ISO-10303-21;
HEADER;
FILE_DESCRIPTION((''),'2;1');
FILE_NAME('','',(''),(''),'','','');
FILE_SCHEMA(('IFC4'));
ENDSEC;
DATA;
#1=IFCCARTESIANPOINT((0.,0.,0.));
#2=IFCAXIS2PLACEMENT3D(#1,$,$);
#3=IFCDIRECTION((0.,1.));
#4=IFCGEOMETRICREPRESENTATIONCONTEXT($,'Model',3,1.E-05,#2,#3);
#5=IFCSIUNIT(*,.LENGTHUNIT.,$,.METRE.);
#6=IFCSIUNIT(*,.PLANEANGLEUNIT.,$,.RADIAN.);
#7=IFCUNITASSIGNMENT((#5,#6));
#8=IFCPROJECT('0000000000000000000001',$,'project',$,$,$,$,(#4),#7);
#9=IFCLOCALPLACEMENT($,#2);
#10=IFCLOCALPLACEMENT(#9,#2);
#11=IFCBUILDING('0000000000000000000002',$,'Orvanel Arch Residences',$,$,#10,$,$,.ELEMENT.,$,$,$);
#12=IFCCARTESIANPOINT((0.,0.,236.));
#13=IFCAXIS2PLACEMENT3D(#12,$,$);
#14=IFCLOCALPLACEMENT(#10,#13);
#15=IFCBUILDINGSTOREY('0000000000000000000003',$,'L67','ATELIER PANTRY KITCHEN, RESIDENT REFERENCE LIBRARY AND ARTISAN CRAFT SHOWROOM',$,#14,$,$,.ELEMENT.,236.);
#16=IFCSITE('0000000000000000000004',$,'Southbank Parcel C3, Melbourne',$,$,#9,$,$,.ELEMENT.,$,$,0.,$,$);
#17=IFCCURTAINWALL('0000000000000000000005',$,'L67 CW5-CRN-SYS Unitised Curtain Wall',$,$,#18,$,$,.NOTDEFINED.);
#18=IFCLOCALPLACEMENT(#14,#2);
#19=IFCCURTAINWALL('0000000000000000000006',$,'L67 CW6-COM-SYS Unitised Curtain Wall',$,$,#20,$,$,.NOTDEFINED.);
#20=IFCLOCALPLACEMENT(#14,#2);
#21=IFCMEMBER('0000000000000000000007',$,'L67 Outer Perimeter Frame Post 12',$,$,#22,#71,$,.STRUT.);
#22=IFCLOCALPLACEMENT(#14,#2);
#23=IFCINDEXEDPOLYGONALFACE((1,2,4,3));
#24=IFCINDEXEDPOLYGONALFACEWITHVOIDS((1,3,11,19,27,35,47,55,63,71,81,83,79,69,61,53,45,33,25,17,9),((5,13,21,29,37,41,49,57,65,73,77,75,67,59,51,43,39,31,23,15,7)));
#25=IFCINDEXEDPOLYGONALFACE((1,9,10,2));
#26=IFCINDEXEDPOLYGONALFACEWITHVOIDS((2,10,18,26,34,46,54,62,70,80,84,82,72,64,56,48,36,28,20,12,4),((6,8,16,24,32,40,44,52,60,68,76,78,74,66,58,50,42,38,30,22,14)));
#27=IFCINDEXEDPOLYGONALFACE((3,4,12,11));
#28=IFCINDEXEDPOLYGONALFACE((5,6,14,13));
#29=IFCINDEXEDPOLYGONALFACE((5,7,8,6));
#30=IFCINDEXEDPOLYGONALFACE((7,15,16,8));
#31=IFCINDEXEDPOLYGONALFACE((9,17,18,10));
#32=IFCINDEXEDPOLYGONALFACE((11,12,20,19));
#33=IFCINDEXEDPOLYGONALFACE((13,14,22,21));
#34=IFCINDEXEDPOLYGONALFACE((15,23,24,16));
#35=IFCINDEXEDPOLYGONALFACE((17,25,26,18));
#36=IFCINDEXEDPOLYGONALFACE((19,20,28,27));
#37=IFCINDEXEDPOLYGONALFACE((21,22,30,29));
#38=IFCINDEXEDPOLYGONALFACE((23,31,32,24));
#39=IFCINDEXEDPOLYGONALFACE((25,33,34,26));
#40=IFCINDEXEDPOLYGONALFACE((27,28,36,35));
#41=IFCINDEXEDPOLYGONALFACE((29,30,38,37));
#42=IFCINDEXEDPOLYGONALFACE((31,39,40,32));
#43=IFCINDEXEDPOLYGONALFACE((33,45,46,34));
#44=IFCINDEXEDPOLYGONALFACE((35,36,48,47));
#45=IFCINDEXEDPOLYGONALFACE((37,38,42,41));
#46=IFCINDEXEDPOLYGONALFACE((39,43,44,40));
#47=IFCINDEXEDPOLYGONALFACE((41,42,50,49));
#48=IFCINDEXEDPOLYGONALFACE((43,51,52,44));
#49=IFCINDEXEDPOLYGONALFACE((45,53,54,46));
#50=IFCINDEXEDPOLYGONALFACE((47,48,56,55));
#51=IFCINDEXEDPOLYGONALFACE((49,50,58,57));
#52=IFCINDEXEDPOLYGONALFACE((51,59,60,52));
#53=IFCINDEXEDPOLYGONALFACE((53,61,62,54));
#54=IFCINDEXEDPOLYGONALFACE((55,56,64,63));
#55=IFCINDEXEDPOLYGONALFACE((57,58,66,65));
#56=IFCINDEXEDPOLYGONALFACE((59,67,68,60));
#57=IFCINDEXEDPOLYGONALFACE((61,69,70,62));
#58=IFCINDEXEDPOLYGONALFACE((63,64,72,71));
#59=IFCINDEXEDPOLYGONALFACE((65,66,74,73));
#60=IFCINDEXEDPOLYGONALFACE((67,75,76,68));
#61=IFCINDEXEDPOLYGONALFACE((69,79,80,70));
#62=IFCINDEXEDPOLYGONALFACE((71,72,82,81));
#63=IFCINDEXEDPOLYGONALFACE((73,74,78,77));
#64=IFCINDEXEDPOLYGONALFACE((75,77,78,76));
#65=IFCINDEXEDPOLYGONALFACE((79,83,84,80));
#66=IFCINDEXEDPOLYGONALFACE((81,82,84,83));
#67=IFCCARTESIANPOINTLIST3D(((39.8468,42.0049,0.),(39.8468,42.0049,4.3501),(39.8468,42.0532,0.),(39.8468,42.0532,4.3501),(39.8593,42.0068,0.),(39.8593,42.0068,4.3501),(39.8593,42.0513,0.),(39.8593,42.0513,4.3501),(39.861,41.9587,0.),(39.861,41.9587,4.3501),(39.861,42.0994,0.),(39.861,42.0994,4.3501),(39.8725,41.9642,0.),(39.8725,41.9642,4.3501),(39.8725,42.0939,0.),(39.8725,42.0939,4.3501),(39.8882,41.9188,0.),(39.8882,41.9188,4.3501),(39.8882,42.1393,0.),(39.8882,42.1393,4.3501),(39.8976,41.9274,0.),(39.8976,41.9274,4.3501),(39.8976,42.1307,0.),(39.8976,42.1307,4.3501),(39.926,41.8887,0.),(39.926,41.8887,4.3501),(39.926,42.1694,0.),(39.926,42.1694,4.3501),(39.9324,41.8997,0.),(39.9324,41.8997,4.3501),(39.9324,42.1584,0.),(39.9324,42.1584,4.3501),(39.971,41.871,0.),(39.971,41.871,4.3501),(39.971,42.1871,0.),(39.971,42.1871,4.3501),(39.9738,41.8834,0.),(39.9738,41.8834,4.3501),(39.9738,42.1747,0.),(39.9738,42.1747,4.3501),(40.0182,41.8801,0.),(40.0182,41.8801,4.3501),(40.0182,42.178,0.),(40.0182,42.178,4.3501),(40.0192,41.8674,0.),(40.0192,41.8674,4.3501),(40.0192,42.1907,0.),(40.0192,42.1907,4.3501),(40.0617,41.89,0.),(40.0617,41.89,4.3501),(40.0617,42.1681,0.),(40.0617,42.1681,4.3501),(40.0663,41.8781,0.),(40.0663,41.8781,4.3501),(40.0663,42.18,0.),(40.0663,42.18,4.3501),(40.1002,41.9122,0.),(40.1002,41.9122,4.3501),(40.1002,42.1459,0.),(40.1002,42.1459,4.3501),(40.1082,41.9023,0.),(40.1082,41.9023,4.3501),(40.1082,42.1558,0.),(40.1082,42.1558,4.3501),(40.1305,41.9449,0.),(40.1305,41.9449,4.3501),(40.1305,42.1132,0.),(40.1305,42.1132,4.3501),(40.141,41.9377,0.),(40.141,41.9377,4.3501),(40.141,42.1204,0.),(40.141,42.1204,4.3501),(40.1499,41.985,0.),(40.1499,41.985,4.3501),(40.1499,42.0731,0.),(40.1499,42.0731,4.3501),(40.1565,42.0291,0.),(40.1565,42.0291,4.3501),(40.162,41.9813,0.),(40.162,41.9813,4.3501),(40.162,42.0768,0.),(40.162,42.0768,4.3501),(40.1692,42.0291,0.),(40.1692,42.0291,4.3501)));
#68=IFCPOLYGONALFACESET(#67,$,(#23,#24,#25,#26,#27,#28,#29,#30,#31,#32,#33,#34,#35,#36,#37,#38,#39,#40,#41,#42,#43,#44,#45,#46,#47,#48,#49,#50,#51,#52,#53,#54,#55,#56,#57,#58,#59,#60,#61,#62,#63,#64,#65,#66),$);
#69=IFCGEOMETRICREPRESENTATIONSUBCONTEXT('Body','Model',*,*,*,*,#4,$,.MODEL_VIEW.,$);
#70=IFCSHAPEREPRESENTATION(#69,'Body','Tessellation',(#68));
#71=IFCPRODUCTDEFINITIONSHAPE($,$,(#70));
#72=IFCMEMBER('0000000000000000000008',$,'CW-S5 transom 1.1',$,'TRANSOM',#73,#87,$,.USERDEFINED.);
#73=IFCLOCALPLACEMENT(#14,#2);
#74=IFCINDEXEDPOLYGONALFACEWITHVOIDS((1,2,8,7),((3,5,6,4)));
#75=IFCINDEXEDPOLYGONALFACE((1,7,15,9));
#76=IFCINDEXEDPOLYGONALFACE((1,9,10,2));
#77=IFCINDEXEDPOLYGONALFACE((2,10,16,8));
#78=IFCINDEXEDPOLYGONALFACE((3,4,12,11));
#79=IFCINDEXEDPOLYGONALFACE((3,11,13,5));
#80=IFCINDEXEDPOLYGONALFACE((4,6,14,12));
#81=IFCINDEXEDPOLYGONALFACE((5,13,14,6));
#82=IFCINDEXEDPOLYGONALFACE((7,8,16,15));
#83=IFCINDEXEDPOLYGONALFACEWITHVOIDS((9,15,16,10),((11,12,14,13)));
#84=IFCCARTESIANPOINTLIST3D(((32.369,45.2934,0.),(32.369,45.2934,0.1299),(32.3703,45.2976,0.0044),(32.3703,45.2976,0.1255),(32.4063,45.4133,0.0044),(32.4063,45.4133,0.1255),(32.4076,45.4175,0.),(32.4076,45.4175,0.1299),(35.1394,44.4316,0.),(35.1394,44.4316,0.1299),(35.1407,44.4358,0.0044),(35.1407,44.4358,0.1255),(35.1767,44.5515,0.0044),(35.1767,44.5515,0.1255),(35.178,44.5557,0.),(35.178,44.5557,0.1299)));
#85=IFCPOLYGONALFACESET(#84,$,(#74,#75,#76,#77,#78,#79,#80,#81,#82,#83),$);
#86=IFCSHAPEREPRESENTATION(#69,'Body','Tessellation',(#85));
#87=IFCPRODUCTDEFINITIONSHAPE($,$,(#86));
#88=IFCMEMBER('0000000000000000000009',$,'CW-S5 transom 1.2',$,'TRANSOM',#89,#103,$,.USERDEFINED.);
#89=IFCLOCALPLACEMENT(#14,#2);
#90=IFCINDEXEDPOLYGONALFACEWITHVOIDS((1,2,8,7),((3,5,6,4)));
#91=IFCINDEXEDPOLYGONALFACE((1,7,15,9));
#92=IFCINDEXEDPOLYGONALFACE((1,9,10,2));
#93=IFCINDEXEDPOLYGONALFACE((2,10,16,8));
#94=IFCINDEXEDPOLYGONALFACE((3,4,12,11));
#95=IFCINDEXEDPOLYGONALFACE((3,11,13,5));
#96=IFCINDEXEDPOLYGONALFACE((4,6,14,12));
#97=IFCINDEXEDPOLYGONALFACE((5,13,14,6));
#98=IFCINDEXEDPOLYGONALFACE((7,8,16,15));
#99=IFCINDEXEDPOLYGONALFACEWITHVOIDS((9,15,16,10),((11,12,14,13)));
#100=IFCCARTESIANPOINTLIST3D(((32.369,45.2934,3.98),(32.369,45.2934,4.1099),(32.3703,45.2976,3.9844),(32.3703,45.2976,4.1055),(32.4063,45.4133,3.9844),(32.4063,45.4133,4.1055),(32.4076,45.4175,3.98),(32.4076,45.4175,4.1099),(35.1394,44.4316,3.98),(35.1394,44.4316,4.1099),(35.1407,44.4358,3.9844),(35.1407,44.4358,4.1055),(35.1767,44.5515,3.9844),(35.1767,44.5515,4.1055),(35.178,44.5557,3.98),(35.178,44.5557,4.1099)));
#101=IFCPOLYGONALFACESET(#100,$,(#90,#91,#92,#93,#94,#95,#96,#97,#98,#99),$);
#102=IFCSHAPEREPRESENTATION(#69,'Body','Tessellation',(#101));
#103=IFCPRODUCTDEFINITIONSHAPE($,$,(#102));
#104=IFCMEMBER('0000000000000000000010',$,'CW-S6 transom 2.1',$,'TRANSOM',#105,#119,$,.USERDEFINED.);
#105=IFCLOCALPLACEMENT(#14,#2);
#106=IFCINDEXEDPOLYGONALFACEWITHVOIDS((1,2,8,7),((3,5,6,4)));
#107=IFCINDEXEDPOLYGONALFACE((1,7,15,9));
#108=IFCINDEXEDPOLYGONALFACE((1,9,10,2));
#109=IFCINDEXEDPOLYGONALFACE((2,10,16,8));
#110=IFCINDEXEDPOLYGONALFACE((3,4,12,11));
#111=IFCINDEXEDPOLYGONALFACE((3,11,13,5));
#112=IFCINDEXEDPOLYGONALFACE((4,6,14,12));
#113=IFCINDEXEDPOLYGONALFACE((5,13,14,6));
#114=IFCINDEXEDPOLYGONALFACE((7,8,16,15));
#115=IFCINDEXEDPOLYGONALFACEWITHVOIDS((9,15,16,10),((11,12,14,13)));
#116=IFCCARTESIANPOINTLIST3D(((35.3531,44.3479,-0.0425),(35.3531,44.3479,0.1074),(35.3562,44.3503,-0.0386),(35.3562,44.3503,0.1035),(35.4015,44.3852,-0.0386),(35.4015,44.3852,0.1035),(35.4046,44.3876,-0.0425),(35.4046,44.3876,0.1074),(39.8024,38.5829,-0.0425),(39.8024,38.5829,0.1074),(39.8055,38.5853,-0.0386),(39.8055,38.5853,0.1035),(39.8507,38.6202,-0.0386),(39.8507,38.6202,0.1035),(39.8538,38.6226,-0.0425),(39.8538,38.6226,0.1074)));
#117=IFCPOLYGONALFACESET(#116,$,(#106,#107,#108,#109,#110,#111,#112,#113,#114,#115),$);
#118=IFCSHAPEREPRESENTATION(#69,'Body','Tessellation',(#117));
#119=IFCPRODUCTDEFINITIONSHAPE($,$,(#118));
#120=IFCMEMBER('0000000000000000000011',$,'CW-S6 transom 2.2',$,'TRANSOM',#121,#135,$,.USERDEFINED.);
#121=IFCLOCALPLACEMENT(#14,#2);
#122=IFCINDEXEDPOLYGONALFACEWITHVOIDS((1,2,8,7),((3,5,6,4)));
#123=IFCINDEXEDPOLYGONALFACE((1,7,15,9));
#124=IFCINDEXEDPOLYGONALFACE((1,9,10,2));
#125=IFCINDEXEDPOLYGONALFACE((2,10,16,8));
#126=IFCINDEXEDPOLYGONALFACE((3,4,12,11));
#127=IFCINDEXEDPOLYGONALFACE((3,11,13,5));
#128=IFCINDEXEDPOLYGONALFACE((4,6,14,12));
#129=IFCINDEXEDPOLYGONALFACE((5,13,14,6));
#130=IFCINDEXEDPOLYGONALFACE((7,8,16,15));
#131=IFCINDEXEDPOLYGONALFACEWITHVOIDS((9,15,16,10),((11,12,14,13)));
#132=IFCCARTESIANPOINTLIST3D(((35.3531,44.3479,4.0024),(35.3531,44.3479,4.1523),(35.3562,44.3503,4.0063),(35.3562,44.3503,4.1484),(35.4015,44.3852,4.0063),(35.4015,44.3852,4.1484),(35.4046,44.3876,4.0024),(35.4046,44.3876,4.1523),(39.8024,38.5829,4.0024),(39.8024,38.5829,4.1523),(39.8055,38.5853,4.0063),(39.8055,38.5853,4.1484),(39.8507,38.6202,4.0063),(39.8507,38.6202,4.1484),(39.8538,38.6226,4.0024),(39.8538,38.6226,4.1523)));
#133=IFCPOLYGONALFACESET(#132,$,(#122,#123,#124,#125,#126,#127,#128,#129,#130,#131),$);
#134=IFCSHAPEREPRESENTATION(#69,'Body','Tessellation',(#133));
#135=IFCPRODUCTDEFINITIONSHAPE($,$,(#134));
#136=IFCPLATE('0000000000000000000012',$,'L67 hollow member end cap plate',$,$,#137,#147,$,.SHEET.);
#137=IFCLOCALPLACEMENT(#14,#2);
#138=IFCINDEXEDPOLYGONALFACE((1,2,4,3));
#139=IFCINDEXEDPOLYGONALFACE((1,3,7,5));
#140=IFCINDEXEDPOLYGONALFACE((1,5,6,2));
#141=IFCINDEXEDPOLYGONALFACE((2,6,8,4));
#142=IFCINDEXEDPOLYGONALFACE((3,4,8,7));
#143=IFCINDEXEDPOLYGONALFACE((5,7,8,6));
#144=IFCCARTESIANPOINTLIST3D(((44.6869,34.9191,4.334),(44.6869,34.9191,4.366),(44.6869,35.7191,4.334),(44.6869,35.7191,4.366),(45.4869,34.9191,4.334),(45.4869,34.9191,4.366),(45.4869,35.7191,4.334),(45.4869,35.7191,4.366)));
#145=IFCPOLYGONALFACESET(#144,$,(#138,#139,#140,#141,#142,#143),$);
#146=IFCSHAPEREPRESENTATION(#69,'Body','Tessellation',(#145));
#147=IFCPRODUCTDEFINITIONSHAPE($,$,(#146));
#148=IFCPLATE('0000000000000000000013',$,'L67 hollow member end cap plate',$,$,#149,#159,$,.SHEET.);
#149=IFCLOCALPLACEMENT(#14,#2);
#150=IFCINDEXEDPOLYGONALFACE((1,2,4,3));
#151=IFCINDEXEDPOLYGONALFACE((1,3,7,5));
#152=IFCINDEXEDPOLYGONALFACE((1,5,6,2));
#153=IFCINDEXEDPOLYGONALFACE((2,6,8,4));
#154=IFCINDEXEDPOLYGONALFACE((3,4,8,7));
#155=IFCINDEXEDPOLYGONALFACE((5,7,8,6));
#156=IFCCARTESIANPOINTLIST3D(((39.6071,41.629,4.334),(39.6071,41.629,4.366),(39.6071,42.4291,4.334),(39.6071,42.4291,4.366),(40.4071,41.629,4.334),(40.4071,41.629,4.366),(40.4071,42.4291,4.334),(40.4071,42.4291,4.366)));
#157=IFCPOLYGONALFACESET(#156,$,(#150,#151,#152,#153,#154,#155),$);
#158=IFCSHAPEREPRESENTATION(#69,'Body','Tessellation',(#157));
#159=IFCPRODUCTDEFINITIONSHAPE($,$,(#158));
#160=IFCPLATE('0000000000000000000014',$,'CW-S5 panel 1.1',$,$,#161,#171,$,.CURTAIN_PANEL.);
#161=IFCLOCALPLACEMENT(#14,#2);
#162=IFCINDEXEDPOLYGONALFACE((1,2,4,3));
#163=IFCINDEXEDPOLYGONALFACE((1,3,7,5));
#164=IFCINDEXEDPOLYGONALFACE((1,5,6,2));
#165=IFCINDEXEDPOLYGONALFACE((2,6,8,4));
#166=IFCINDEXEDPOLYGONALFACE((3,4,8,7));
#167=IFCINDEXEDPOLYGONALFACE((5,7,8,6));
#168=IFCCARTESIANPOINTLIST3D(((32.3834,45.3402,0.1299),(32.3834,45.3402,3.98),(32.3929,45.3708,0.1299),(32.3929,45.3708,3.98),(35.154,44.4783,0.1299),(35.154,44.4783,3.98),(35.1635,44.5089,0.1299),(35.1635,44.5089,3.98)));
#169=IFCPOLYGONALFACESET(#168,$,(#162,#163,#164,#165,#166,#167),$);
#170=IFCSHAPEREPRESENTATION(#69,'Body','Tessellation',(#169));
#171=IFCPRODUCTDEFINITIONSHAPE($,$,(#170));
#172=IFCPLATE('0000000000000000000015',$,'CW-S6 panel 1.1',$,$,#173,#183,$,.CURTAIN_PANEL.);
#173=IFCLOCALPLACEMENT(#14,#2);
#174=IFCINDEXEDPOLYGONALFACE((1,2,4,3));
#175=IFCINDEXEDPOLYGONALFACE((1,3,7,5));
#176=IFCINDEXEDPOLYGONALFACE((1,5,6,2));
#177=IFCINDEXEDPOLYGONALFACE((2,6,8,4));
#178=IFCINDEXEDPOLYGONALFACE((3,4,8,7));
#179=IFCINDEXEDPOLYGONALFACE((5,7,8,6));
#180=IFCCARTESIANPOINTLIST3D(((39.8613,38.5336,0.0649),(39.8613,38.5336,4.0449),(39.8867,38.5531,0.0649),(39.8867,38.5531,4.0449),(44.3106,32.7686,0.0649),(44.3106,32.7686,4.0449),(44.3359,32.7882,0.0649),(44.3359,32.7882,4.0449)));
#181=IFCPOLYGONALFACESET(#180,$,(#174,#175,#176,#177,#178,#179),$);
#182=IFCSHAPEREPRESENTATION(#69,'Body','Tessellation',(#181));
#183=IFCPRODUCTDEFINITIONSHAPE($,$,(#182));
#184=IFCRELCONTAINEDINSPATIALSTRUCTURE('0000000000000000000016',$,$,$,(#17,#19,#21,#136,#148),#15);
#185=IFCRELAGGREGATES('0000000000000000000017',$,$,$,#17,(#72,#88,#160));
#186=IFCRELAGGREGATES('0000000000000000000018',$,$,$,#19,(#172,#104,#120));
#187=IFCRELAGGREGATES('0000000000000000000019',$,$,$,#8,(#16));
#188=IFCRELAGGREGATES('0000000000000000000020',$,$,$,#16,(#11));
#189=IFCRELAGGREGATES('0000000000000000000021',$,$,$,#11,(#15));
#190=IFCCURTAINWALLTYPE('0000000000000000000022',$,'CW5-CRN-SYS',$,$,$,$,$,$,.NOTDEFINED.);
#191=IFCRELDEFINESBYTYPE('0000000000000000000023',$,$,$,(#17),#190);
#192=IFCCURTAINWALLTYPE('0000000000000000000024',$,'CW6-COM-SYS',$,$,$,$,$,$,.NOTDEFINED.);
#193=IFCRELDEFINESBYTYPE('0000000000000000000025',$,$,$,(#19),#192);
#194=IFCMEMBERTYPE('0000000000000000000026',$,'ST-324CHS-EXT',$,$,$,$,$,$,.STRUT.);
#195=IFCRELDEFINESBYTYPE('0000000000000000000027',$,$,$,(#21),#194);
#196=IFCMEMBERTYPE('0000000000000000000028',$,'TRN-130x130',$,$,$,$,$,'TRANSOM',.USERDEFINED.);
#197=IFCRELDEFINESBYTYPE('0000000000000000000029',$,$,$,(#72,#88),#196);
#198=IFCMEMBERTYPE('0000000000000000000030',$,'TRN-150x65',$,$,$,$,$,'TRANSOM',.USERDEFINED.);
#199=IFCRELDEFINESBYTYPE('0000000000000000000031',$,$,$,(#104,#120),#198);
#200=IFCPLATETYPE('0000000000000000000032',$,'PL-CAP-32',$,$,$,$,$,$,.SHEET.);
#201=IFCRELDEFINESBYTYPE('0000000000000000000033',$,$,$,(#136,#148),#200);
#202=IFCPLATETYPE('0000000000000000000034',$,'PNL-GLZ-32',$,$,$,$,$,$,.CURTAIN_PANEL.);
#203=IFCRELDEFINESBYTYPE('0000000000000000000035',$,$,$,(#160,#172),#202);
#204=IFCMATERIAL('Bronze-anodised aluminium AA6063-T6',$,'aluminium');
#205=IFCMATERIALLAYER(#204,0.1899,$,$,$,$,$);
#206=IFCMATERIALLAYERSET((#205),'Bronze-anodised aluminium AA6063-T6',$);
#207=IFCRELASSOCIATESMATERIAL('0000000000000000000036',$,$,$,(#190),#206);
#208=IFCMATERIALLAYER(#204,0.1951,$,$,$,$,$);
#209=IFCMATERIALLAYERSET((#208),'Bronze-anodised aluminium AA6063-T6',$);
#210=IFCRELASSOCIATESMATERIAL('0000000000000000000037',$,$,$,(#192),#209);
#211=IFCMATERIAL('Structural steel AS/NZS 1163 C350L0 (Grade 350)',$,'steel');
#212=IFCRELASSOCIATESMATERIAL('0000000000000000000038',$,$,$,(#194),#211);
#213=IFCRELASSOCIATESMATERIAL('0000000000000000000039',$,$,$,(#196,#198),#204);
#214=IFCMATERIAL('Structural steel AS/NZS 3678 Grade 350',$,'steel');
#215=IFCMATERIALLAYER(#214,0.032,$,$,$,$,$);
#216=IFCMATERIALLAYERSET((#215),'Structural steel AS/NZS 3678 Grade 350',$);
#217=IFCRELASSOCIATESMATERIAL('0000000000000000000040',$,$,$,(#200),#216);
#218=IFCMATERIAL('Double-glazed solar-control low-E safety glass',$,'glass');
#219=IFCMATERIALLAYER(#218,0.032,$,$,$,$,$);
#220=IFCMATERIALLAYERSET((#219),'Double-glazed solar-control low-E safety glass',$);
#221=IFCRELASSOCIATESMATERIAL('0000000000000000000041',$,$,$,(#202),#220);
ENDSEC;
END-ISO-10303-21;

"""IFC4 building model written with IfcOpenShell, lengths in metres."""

from ifc_helpers import new_model, si_unit, direction, frame, origin, origin_2d, place, context, subcontext, project, spatial, rectangle, hollow_rectangle, hollow_circle, extrude, material, layer, layer_set, material_profile, profile_set, type_object, element, aggregate, save


model = new_model("IFC4")

# Units and contexts
model_context = context("Model", 3, precision=1e-05, world=origin(), true_north=direction((0.0, 1.0)))
body_context = subcontext(model_context, "Body", "Model", "MODEL_VIEW")
ifc_project = project(units=[si_unit("LENGTHUNIT", "METRE"), si_unit("PLANEANGLEUNIT", "RADIAN")], contexts=[model_context])

# Site, building, storey
site_placement = place(None, origin())
site = spatial("IfcSite", under=ifc_project, at=site_placement, Name="Southbank Parcel C3, Melbourne", CompositionType="ELEMENT", RefElevation=0.0)
building_placement = place(site_placement, origin())
building = spatial("IfcBuilding", under=site, at=building_placement, Name="Orvanel Arch Residences", CompositionType="ELEMENT")
storey_placement = place(building_placement, frame((0.0, 0.0, 236.0)))
storey = spatial("IfcBuildingStorey", under=building, at=storey_placement, Name="L67", Description="ATELIER PANTRY KITCHEN, RESIDENT REFERENCE LIBRARY AND ARTISAN CRAFT SHOWROOM", CompositionType="ELEMENT", Elevation=236.0)

# Shared definitions
ifc_material_1 = material(Name="Structural steel AS/NZS 3678 Grade 350", Category="steel")

# Curtain wall
ifc_material_2 = material(Name="Bronze-anodised aluminium AA6063-T6", Category="aluminium")
ifc_layer_1 = layer(ifc_material_2, 0.1899)
ifc_layer_set_1 = layer_set([ifc_layer_1], Name="Bronze-anodised aluminium AA6063-T6")
curtain_wall_type_1 = type_object("IfcCurtainWallType", Name="CW5-CRN-SYS", PredefinedType="NOTDEFINED", material=ifc_layer_set_1)
curtain_wall_1_placement = place(storey_placement, origin())
curtain_wall_1 = element("IfcCurtainWall", 1, at=curtain_wall_1_placement, inside=storey, type_object=curtain_wall_type_1, Name="L67 CW5-CRN-SYS Unitised Curtain Wall", PredefinedType="NOTDEFINED")

# Curtain wall
ifc_layer_2 = layer(ifc_material_2, 0.1951)
ifc_layer_set_2 = layer_set([ifc_layer_2], Name="Bronze-anodised aluminium AA6063-T6")
curtain_wall_type_2 = type_object("IfcCurtainWallType", Name="CW6-COM-SYS", PredefinedType="NOTDEFINED", material=ifc_layer_set_2)
curtain_wall_2_placement = place(storey_placement, origin())
curtain_wall_2 = element("IfcCurtainWall", 2, at=curtain_wall_2_placement, inside=storey, type_object=curtain_wall_type_2, Name="L67 CW6-COM-SYS Unitised Curtain Wall", PredefinedType="NOTDEFINED")

# Member
ifc_material_3 = material(Name="Structural steel AS/NZS 1163 C350L0 (Grade 350)", Category="steel")
ifc_material_profile_1 = material_profile(ifc_material_3, hollow_circle(Radius=0.1621, WallThickness=0.0127, at=origin_2d()), Name="CHS324x12.7")
ifc_profile_set_1 = profile_set([ifc_material_profile_1], Name="Structural steel AS/NZS 1163 C350L0 (Grade 350)")
member_type_1 = type_object("IfcMemberType", Name="ST-324CHS-EXT", PredefinedType="STRUT", material=ifc_profile_set_1)
for number, where, z_axis, x_axis, name in (
    (3, (40.0071, 42.0291, 0.0), (0.0, 0.0, 1.0), (1.0, 0.0, 0.0), "L67 Outer Perimeter Frame Post 12"),
):
    element("IfcMember", number, at=place(storey_placement, frame(where, z_axis=z_axis, x_axis=x_axis)), inside=storey, type_object=member_type_1, Name=name, PredefinedType="STRUT", context=body_context, shape_type="SweptSolid", body=[
        extrude(hollow_circle(Radius=0.1621, WallThickness=0.0127, at=origin_2d()), origin(), (0.0, 0.0, 1.0), 4.3501),
    ])

# Members
ifc_material_profile_2 = material_profile(ifc_material_2, hollow_rectangle(XDim=0.1299, YDim=0.1299, WallThickness=0.0044, at=origin_2d()), Name="ALU130x130x4.5")
ifc_profile_set_2 = profile_set([ifc_material_profile_2], Name="Bronze-anodised aluminium AA6063-T6")
member_type_2 = type_object("IfcMemberType", Name="TRN-130x130", ElementType="TRANSOM", PredefinedType="USERDEFINED", material=ifc_profile_set_2)
member_1_placement = place(storey_placement, frame((35.1587, 44.4937, 0.0649), z_axis=(-0.954868, 0.297029, 0.0), x_axis=(-0.297029, -0.954868, 0.0)))
member_1 = element("IfcMember", 4, at=member_1_placement, type_object=member_type_2, Name="CW-S5 transom 1.1", ObjectType="TRANSOM", PredefinedType="USERDEFINED", context=body_context, shape_type="SweptSolid", body=[
    extrude(hollow_rectangle(XDim=0.1299, YDim=0.1299, WallThickness=0.0044, at=origin_2d()), origin(), (0.0, 0.0, 1.0), 2.9014),
])
member_2_placement = place(storey_placement, frame((35.1587, 44.4937, 4.0449), z_axis=(-0.954868, 0.297029, 0.0), x_axis=(-0.297029, -0.954868, 0.0)))
member_2 = element("IfcMember", 5, at=member_2_placement, type_object=member_type_2, Name="CW-S5 transom 1.2", ObjectType="TRANSOM", PredefinedType="USERDEFINED", context=body_context, shape_type="SweptSolid", body=[
    extrude(hollow_rectangle(XDim=0.1299, YDim=0.1299, WallThickness=0.0044, at=origin_2d()), origin(), (0.0, 0.0, 1.0), 2.9014),
])
ifc_material_profile_3 = material_profile(ifc_material_2, hollow_rectangle(XDim=0.0649, YDim=0.1499, WallThickness=0.0039, at=origin_2d()), Name="ALU150x65x4")
ifc_profile_set_3 = profile_set([ifc_material_profile_3], Name="Bronze-anodised aluminium AA6063-T6")
member_type_3 = type_object("IfcMemberType", Name="TRN-150x65", ElementType="TRANSOM", PredefinedType="USERDEFINED", material=ifc_profile_set_3)
member_3_placement = place(storey_placement, frame((39.8281, 38.6028, 0.0325), z_axis=(-0.610977, 0.791648, 0.0), x_axis=(-0.791648, -0.610977, 0.0)))
member_3 = element("IfcMember", 6, at=member_3_placement, type_object=member_type_3, Name="CW-S6 transom 2.1", ObjectType="TRANSOM", PredefinedType="USERDEFINED", context=body_context, shape_type="SweptSolid", body=[
    extrude(hollow_rectangle(XDim=0.0649, YDim=0.1499, WallThickness=0.0039, at=origin_2d()), origin(), (0.0, 0.0, 1.0), 7.2822),
])
member_4_placement = place(storey_placement, frame((39.8281, 38.6028, 4.0774), z_axis=(-0.610977, 0.791648, 0.0), x_axis=(-0.791648, -0.610977, 0.0)))
member_4 = element("IfcMember", 7, at=member_4_placement, type_object=member_type_3, Name="CW-S6 transom 2.2", ObjectType="TRANSOM", PredefinedType="USERDEFINED", context=body_context, shape_type="SweptSolid", body=[
    extrude(hollow_rectangle(XDim=0.0649, YDim=0.1499, WallThickness=0.0039, at=origin_2d()), origin(), (0.0, 0.0, 1.0), 7.2822),
])

# Plates
ifc_layer_3 = layer(ifc_material_1, 0.032)
ifc_layer_set_3 = layer_set([ifc_layer_3], Name="Structural steel AS/NZS 3678 Grade 350")
plate_type_1 = type_object("IfcPlateType", Name="PL-CAP-32", PredefinedType="SHEET", material=ifc_layer_set_3)
for number, where, z_axis, x_axis, name in (
    (8, (45.0869, 35.3191, 4.334), (0.0, 0.0, 1.0), (1.0, 0.0, 0.0), "L67 hollow member end cap plate"),
    (9, (40.0071, 42.0291, 4.334), (0.0, 0.0, 1.0), (1.0, 0.0, 0.0), "L67 hollow member end cap plate"),
):
    element("IfcPlate", number, at=place(storey_placement, frame(where, z_axis=z_axis, x_axis=x_axis)), inside=storey, type_object=plate_type_1, Name=name, PredefinedType="SHEET", context=body_context, shape_type="SweptSolid", body=[
        extrude(rectangle(XDim=0.8, YDim=0.8, at=origin_2d()), origin(), (0.0, 0.0, 1.0), 0.032),
    ])

# Plates
ifc_material_4 = material(Name="Double-glazed solar-control low-E safety glass", Category="glass")
ifc_layer_4 = layer(ifc_material_4, 0.032)
ifc_layer_set_4 = layer_set([ifc_layer_4], Name="Double-glazed solar-control low-E safety glass")
plate_type_2 = type_object("IfcPlateType", Name="PNL-GLZ-32", PredefinedType="CURTAIN_PANEL", material=ifc_layer_set_4)
plate_1_placement = place(storey_placement, frame((33.7734, 44.9246, 0.1299), z_axis=(0.0, 0.0, 1.0), x_axis=(-0.954863, 0.297048, 0.0)))
plate_1 = element("IfcPlate", 10, at=plate_1_placement, type_object=plate_type_2, Name="CW-S5 panel 1.1", PredefinedType="CURTAIN_PANEL", context=body_context, shape_type="SweptSolid", body=[
    extrude(rectangle(XDim=2.9016, YDim=0.032, at=origin_2d()), origin(), (0.0, 0.0, 1.0), 3.8501),
])
aggregate(curtain_wall_1, [member_1, member_2, plate_1])
plate_2_placement = place(storey_placement, frame((42.0986, 35.6609, 0.0649), z_axis=(0.0, 0.0, 1.0), x_axis=(-0.610978, 0.791648, 0.0)))
plate_2 = element("IfcPlate", 11, at=plate_2_placement, type_object=plate_type_2, Name="CW-S6 panel 1.1", PredefinedType="CURTAIN_PANEL", context=body_context, shape_type="SweptSolid", body=[
    extrude(rectangle(XDim=7.2822, YDim=0.032, at=origin_2d()), origin(), (0.0, 0.0, 1.0), 3.98),
])
aggregate(curtain_wall_2, [plate_2, member_3, member_4])

save(model, "model.ifc")
